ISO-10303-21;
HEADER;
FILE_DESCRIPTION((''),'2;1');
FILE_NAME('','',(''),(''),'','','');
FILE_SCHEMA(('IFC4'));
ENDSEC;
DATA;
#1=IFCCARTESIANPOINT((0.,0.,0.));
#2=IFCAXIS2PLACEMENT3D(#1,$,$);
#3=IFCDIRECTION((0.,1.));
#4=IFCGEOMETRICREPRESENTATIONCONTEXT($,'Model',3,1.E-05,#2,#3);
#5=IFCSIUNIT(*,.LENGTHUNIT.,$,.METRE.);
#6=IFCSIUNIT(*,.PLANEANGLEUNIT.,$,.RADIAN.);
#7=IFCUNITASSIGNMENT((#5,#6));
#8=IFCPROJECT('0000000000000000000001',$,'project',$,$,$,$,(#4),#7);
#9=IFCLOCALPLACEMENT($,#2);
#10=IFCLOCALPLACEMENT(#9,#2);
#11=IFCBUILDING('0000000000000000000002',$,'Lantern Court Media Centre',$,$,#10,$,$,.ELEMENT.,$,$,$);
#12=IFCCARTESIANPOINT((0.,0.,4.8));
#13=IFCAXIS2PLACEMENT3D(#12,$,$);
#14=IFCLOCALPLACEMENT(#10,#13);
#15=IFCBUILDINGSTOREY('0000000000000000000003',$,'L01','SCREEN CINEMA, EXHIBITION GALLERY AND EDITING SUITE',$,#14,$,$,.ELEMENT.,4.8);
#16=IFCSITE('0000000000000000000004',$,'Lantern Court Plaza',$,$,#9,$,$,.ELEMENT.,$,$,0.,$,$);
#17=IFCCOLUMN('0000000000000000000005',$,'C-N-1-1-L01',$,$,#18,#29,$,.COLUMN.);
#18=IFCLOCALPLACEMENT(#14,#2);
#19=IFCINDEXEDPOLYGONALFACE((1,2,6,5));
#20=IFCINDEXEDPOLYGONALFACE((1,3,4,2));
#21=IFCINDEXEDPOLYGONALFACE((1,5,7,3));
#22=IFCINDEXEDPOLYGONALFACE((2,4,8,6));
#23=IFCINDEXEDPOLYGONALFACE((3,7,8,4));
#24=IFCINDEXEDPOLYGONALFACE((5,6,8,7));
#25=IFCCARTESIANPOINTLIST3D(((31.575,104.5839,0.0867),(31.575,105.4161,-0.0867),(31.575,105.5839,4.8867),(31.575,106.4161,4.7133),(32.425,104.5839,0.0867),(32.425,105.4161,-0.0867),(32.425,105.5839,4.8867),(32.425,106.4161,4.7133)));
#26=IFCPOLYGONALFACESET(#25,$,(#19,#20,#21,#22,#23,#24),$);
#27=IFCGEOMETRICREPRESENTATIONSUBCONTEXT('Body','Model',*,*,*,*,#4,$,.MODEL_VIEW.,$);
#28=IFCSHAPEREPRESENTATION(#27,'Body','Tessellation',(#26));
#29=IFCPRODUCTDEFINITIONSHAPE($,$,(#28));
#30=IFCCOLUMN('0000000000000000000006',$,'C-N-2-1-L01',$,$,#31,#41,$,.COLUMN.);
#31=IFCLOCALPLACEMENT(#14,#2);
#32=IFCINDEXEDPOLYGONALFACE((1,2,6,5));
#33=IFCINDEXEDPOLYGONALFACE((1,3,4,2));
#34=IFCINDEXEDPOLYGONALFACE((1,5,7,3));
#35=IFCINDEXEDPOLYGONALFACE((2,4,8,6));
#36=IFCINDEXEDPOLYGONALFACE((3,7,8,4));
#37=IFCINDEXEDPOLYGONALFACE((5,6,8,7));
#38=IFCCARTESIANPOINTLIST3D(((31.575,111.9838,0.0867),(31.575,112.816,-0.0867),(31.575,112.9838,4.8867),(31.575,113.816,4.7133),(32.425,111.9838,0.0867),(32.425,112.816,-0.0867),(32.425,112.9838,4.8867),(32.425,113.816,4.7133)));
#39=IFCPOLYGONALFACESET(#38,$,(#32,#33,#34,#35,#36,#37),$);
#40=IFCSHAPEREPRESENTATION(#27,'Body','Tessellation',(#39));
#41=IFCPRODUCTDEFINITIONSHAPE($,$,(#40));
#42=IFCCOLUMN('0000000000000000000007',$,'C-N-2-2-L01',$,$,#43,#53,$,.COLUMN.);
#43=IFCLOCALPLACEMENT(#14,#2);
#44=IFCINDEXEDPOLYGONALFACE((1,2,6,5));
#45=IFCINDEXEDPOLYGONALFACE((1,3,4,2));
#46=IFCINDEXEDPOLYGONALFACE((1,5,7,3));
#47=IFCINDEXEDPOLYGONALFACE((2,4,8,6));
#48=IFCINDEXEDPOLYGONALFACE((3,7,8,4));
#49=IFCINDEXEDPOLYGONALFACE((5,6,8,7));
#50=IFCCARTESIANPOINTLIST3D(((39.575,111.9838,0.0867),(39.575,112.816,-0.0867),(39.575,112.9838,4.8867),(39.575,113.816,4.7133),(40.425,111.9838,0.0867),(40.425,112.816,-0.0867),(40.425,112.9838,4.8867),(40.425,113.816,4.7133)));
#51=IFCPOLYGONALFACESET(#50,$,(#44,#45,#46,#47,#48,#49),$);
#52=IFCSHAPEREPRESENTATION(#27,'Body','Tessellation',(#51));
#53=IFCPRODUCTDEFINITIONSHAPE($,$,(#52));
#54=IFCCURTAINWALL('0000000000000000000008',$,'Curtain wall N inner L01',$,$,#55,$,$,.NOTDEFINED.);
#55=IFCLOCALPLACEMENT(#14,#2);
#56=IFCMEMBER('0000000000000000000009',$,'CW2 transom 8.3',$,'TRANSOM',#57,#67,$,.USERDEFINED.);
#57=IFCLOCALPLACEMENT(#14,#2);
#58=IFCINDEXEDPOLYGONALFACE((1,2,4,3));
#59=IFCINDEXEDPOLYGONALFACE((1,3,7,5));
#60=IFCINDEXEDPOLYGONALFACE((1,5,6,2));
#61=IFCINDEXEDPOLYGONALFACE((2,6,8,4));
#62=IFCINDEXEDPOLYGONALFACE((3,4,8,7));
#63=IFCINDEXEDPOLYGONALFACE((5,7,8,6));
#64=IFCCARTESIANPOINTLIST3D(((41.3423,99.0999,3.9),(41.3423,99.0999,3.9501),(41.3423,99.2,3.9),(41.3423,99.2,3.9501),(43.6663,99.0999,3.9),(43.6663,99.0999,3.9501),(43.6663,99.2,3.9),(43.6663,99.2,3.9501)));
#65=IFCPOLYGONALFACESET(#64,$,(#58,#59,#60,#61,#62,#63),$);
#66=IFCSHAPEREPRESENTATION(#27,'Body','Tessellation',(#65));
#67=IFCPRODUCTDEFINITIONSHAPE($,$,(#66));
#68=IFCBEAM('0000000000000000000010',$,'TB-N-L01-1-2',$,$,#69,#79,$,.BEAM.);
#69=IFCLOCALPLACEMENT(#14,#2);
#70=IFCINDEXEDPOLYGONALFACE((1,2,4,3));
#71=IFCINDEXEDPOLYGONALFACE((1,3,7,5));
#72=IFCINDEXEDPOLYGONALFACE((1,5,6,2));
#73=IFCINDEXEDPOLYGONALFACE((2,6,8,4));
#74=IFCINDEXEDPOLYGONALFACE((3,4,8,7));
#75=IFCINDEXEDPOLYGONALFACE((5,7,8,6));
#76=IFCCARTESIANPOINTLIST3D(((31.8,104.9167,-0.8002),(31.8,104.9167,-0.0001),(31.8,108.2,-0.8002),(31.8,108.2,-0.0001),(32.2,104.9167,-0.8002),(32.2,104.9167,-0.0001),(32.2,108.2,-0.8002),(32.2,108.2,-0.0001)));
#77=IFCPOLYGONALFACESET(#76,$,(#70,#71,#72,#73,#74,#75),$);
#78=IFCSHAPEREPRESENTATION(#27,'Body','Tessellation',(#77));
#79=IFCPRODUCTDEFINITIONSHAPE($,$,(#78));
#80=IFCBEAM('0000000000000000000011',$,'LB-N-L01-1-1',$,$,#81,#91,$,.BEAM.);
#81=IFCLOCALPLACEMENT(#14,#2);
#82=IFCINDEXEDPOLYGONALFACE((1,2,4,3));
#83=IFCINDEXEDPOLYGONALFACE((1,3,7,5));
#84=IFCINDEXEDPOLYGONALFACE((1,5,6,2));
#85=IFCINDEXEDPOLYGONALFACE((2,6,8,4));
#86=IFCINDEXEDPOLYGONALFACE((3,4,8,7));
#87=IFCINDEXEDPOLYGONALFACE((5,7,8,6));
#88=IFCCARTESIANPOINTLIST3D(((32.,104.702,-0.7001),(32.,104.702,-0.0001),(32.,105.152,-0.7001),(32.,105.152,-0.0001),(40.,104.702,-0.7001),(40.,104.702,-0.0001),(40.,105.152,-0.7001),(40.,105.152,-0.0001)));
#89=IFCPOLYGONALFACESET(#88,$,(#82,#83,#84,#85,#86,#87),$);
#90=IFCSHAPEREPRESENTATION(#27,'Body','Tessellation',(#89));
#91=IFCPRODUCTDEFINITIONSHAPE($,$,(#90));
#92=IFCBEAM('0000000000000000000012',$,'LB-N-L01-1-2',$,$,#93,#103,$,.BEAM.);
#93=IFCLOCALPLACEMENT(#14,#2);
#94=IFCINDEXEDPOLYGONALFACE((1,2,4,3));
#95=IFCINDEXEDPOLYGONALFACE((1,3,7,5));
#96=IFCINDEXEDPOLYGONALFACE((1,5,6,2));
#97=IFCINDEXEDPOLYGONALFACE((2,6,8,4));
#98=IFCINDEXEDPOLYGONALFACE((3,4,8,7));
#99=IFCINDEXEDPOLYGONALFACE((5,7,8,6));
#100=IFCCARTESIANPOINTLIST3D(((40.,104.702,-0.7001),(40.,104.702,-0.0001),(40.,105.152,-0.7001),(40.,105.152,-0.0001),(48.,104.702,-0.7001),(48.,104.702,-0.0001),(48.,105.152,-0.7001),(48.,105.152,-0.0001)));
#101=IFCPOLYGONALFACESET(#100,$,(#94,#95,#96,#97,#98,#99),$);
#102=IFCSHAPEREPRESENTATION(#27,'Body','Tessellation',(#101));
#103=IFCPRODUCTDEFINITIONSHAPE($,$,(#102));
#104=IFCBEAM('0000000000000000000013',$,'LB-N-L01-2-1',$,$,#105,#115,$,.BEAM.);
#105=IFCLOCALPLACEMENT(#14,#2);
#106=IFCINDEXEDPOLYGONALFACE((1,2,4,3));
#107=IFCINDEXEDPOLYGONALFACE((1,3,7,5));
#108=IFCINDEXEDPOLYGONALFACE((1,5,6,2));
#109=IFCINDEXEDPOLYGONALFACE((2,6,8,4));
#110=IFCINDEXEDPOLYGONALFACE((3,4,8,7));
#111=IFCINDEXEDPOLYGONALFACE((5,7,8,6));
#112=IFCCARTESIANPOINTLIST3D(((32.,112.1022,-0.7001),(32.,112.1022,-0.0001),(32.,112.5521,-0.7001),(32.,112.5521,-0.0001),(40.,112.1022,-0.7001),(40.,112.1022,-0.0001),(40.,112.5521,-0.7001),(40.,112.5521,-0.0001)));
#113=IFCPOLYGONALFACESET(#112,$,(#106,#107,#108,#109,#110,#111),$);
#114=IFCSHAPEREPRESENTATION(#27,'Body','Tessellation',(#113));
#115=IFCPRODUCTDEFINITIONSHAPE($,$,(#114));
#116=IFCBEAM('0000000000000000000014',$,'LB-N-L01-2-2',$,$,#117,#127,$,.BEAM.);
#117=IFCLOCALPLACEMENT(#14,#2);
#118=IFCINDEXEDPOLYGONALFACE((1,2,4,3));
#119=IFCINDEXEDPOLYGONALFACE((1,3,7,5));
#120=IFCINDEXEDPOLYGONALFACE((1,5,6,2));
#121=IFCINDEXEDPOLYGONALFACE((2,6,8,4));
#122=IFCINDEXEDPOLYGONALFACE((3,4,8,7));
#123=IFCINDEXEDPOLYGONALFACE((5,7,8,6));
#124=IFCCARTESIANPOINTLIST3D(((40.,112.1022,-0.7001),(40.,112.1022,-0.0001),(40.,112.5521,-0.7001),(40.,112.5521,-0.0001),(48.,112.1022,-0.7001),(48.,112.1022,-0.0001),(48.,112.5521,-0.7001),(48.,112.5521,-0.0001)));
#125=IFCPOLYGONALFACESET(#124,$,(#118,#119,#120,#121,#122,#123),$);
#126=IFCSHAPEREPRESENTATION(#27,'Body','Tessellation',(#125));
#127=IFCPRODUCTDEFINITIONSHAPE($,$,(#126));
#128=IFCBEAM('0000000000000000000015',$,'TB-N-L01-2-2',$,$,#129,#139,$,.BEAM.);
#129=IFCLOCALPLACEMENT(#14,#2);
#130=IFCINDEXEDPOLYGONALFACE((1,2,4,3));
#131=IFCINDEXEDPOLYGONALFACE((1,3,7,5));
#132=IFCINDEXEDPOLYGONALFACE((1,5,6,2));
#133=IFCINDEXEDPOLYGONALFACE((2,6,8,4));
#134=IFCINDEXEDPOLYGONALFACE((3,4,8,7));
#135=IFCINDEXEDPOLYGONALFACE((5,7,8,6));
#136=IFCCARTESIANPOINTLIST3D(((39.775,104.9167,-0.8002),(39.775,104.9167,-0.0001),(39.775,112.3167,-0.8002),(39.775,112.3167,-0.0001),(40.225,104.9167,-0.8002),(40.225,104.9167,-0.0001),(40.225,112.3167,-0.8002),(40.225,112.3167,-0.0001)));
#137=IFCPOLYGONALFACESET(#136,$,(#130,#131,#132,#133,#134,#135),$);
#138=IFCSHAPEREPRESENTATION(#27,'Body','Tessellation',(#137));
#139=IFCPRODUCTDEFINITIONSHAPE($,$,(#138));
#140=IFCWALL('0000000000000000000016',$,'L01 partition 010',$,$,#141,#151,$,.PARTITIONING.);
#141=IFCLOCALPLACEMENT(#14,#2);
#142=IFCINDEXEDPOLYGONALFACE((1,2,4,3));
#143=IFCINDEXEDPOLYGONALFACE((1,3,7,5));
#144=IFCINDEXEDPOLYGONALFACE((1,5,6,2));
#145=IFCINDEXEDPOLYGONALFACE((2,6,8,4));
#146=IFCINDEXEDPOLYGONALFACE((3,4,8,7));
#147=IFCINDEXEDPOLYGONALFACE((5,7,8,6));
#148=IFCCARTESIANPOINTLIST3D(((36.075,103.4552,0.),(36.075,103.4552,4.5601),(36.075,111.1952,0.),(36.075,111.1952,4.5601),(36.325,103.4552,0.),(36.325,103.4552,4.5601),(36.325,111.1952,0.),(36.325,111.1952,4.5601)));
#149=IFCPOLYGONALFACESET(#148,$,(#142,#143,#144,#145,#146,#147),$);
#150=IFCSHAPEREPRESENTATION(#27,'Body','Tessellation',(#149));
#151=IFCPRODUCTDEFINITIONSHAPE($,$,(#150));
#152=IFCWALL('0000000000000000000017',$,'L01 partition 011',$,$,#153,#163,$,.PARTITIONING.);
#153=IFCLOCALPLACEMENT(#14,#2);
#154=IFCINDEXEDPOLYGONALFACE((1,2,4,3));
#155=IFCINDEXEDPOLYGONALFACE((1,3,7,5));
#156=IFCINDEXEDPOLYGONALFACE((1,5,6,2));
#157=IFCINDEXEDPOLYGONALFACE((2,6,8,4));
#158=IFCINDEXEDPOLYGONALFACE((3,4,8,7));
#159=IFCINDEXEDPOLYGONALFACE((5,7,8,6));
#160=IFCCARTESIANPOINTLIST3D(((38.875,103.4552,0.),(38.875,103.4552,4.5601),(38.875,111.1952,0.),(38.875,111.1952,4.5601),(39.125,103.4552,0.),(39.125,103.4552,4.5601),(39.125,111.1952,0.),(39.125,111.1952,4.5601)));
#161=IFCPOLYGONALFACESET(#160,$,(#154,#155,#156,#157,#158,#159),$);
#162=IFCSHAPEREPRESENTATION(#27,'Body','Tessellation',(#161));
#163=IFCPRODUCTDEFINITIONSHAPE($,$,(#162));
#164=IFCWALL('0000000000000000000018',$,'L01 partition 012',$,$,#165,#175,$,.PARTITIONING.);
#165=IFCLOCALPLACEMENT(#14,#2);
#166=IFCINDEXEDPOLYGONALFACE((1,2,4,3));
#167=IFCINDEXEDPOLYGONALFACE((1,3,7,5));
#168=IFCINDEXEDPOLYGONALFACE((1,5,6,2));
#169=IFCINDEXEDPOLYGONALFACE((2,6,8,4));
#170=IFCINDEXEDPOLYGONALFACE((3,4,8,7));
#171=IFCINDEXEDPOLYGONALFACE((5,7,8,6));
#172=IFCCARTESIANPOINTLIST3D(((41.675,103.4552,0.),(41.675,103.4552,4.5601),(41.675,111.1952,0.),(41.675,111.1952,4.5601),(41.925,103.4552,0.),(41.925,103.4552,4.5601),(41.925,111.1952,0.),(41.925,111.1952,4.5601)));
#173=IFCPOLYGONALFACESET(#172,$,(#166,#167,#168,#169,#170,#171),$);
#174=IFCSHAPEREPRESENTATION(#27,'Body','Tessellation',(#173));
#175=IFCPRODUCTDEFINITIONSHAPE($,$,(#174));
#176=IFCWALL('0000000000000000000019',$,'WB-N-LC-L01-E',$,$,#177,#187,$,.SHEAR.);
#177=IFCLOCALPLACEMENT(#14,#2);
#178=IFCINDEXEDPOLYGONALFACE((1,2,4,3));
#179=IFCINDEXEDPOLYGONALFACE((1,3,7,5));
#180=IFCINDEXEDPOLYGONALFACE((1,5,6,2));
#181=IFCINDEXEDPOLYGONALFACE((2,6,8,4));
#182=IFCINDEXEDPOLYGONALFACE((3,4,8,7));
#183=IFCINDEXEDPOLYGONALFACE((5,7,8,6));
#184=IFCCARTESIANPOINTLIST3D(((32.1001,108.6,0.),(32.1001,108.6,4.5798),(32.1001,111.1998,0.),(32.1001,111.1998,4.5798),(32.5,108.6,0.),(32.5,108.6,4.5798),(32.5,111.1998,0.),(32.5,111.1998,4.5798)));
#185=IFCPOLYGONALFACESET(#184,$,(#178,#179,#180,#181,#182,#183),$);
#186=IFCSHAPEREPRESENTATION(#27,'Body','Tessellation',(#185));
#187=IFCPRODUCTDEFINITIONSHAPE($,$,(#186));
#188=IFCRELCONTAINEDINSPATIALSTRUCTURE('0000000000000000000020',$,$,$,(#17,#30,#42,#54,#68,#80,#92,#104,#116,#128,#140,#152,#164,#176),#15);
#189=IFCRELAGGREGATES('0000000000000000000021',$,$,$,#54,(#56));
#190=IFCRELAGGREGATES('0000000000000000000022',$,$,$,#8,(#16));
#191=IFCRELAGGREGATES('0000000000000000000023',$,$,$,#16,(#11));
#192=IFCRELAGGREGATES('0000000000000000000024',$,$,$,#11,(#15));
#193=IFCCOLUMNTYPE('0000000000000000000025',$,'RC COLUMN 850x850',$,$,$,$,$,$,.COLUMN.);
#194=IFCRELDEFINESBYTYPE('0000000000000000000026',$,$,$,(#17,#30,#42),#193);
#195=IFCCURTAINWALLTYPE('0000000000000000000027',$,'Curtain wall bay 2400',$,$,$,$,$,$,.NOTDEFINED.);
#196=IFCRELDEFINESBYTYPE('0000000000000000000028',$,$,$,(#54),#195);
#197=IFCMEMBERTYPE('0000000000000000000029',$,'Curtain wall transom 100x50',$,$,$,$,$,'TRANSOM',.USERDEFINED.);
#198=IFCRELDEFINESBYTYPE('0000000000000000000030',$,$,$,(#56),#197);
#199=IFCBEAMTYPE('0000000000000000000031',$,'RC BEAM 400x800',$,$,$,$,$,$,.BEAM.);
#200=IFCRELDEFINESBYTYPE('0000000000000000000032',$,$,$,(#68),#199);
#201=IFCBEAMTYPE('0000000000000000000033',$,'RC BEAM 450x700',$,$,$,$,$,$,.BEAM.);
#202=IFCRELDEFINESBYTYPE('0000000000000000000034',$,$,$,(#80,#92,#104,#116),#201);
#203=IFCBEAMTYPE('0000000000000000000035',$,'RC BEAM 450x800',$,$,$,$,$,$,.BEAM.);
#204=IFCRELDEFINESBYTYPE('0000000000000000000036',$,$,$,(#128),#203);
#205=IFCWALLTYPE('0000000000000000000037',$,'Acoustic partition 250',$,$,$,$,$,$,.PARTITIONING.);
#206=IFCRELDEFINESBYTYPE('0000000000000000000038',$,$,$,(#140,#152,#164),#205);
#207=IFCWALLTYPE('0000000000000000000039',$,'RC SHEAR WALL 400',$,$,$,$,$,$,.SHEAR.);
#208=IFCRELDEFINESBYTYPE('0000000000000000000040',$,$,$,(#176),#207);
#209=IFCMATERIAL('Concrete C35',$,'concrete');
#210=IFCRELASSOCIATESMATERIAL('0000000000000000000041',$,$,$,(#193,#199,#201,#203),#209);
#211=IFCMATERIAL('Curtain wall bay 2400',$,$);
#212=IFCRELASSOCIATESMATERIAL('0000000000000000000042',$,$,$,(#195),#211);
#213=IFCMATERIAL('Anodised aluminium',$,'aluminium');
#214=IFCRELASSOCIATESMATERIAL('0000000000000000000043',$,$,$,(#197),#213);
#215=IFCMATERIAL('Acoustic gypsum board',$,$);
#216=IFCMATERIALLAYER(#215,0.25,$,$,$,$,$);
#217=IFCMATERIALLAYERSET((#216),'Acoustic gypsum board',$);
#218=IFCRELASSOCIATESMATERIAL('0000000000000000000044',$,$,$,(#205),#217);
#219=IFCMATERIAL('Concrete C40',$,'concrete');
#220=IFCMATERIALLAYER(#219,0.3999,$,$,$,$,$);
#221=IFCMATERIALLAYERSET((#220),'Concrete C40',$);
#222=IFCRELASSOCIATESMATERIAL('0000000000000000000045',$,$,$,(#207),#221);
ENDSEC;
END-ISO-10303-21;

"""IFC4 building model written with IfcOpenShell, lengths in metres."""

from ifc_helpers import new_model, si_unit, direction, frame, frame_2d, origin, origin_2d, place, context, subcontext, project, spatial, rectangle, extrude, material, layer, layer_set, material_profile, profile_set, type_object, element, aggregate, save


model = new_model("IFC4")

# Units and contexts
model_context = context("Model", 3, precision=1e-05, world=origin(), true_north=direction((0.0, 1.0)))
body_context = subcontext(model_context, "Body", "Model", "MODEL_VIEW")
ifc_project = project(units=[si_unit("LENGTHUNIT", "METRE"), si_unit("PLANEANGLEUNIT", "RADIAN")], contexts=[model_context])

# Site, building, storey
site_placement = place(None, origin())
site = spatial("IfcSite", under=ifc_project, at=site_placement, Name="Lantern Court Plaza", CompositionType="ELEMENT", RefElevation=0.0)
building_placement = place(site_placement, origin())
building = spatial("IfcBuilding", under=site, at=building_placement, Name="Lantern Court Media Centre", CompositionType="ELEMENT")
storey_placement = place(building_placement, frame((0.0, 0.0, 4.8)))
storey = spatial("IfcBuildingStorey", under=building, at=storey_placement, Name="L01", Description="SCREEN CINEMA, EXHIBITION GALLERY AND EDITING SUITE", CompositionType="ELEMENT", Elevation=4.8)

# Columns
ifc_material_1 = material(Name="Concrete C35", Category="concrete")
ifc_material_profile_1 = material_profile(ifc_material_1, rectangle(XDim=0.8501, YDim=0.8501, at=origin_2d()), Name="RC 850x850")
ifc_profile_set_1 = profile_set([ifc_material_profile_1], Name="Concrete C35")
column_type = type_object("IfcColumnType", Name="RC COLUMN 850x850", PredefinedType="COLUMN", material=ifc_profile_set_1)
for number, where, z_axis, x_axis, name in (
    (1, (32.0, 105.0, 0.0), (0.0, 0.203952, 0.978981), (-1.0, 0.0, 0.0), "C-N-1-1-L01"),
    (2, (32.0, 112.3999, 0.0), (0.0, 0.203952, 0.978981), (-1.0, 0.0, 0.0), "C-N-2-1-L01"),
    (3, (40.0, 112.3999, 0.0), (0.0, 0.203952, 0.978981), (-1.0, 0.0, 0.0), "C-N-2-2-L01"),
):
    element("IfcColumn", number, at=place(storey_placement, frame(where, z_axis=z_axis, x_axis=x_axis)), inside=storey, type_object=column_type, Name=name, PredefinedType="COLUMN", context=body_context, shape_type="SweptSolid", body=[
        extrude(rectangle(XDim=0.8501, YDim=0.8501, at=origin_2d()), origin(), (0.0, 0.0, 1.0), 4.9031),
    ])

# Curtain wall, member
ifc_material_2 = material(Name="Curtain wall bay 2400")
curtain_wall_type = type_object("IfcCurtainWallType", Name="Curtain wall bay 2400", PredefinedType="NOTDEFINED", material=ifc_material_2)
curtain_wall_placement = place(storey_placement, origin())
curtain_wall = element("IfcCurtainWall", 4, at=curtain_wall_placement, inside=storey, type_object=curtain_wall_type, Name="Curtain wall N inner L01", PredefinedType="NOTDEFINED")
ifc_material_3 = material(Name="Anodised aluminium", Category="aluminium")
ifc_material_profile_2 = material_profile(ifc_material_3, rectangle(XDim=0.1001, YDim=0.05, at=origin_2d()), Name="AL 50x100")
ifc_profile_set_2 = profile_set([ifc_material_profile_2], Name="Anodised aluminium")
member_type = type_object("IfcMemberType", Name="Curtain wall transom 100x50", ElementType="TRANSOM", PredefinedType="USERDEFINED", material=ifc_profile_set_2)
member_placement = place(storey_placement, frame((41.3423, 99.1499, 3.925), z_axis=(1.0, 0.0, 0.0), x_axis=(0.0, 1.0, 0.0)))
member = element("IfcMember", 5, at=member_placement, type_object=member_type, Name="CW2 transom 8.3", ObjectType="TRANSOM", PredefinedType="USERDEFINED", context=body_context, shape_type="SweptSolid", body=[
    extrude(rectangle(XDim=0.1001, YDim=0.05, at=origin_2d()), origin(), (0.0, 0.0, 1.0), 2.324),
])
aggregate(curtain_wall, [member])

# Beams
ifc_material_profile_3 = material_profile(ifc_material_1, rectangle(XDim=0.3999, YDim=0.8, at=origin_2d()), Name="RC 400x800")
ifc_profile_set_3 = profile_set([ifc_material_profile_3], Name="Concrete C35")
beam_type_1 = type_object("IfcBeamType", Name="RC BEAM 400x800", PredefinedType="BEAM", material=ifc_profile_set_3)
beam_1_placement = place(storey_placement, frame((32.0, 104.9167, -0.4001), z_axis=(0.0, 1.0, 0.0), x_axis=(-1.0, 0.0, 0.0)))
element("IfcBeam", 6, at=beam_1_placement, inside=storey, type_object=beam_type_1, Name="TB-N-L01-1-2", PredefinedType="BEAM", context=body_context, shape_type="SweptSolid", body=[
    extrude(rectangle(XDim=0.3999, YDim=0.8, at=origin_2d()), origin(), (0.0, 0.0, 1.0), 3.2832),
])
ifc_material_profile_4 = material_profile(ifc_material_1, rectangle(XDim=0.45, YDim=0.7, at=origin_2d()), Name="RC 450x700")
ifc_profile_set_4 = profile_set([ifc_material_profile_4], Name="Concrete C35")
beam_type_2 = type_object("IfcBeamType", Name="RC BEAM 450x700", PredefinedType="BEAM", material=ifc_profile_set_4)
for number, where, z_axis, x_axis, name in (
    (7, (32.0, 104.927, -0.3501), (1.0, 0.0, 0.0), (0.0, 1.0, 0.0), "LB-N-L01-1-1"),
    (8, (40.0, 104.927, -0.3501), (1.0, 0.0, 0.0), (0.0, 1.0, 0.0), "LB-N-L01-1-2"),
    (9, (32.0, 112.3271, -0.3501), (1.0, 0.0, 0.0), (0.0, 1.0, 0.0), "LB-N-L01-2-1"),
    (10, (40.0, 112.3271, -0.3501), (1.0, 0.0, 0.0), (0.0, 1.0, 0.0), "LB-N-L01-2-2"),
):
    element("IfcBeam", number, at=place(storey_placement, frame(where, z_axis=z_axis, x_axis=x_axis)), inside=storey, type_object=beam_type_2, Name=name, PredefinedType="BEAM", context=body_context, shape_type="SweptSolid", body=[
        extrude(rectangle(XDim=0.45, YDim=0.7, at=origin_2d()), origin(), (0.0, 0.0, 1.0), 8.0),
    ])
ifc_material_profile_5 = material_profile(ifc_material_1, rectangle(XDim=0.45, YDim=0.8, at=origin_2d()), Name="RC 450x800")
ifc_profile_set_5 = profile_set([ifc_material_profile_5], Name="Concrete C35")
beam_type_3 = type_object("IfcBeamType", Name="RC BEAM 450x800", PredefinedType="BEAM", material=ifc_profile_set_5)
beam_2_placement = place(storey_placement, frame((40.0, 104.9167, -0.4001), z_axis=(0.0, 1.0, 0.0), x_axis=(-1.0, 0.0, 0.0)))
element("IfcBeam", 11, at=beam_2_placement, inside=storey, type_object=beam_type_3, Name="TB-N-L01-2-2", PredefinedType="BEAM", context=body_context, shape_type="SweptSolid", body=[
    extrude(rectangle(XDim=0.45, YDim=0.8, at=origin_2d()), origin(), (0.0, 0.0, 1.0), 7.3999),
])

# Walls
ifc_material_4 = material(Name="Acoustic gypsum board")
ifc_layer_1 = layer(ifc_material_4, 0.25)
ifc_layer_set_1 = layer_set([ifc_layer_1], Name="Acoustic gypsum board")
wall_type_1 = type_object("IfcWallType", Name="Acoustic partition 250", PredefinedType="PARTITIONING", material=ifc_layer_set_1)
for number, where, z_axis, x_axis, name in (
    (12, (36.2, 103.4551, 0.0), (0.0, 0.0, 1.0), (0.0, 1.0, 0.0), "L01 partition 010"),
    (13, (39.0, 103.4551, 0.0), (0.0, 0.0, 1.0), (0.0, 1.0, 0.0), "L01 partition 011"),
    (14, (41.8, 103.4551, 0.0), (0.0, 0.0, 1.0), (0.0, 1.0, 0.0), "L01 partition 012"),
):
    element("IfcWall", number, at=place(storey_placement, frame(where, z_axis=z_axis, x_axis=x_axis)), inside=storey, type_object=wall_type_1, Name=name, PredefinedType="PARTITIONING", context=body_context, shape_type="SweptSolid", body=[
        extrude(rectangle(XDim=7.74, YDim=0.25, at=frame_2d((3.8701, 0.0))), origin(), (0.0, 0.0, 1.0), 4.5601),
    ])
ifc_material_5 = material(Name="Concrete C40", Category="concrete")
ifc_layer_2 = layer(ifc_material_5, 0.3999)
ifc_layer_set_2 = layer_set([ifc_layer_2], Name="Concrete C40")
wall_type_2 = type_object("IfcWallType", Name="RC SHEAR WALL 400", PredefinedType="SHEAR", material=ifc_layer_set_2)
wall_1_placement = place(storey_placement, frame((32.3, 108.6001, 0.0), z_axis=(0.0, 0.0, 1.0), x_axis=(0.0, 1.0, 0.0)))
element("IfcWall", 15, at=wall_1_placement, inside=storey, type_object=wall_type_2, Name="WB-N-LC-L01-E", PredefinedType="SHEAR", context=body_context, shape_type="SweptSolid", body=[
    extrude(rectangle(XDim=2.5999, YDim=0.3999, at=frame_2d((1.2998, 0.0))), origin(), (0.0, 0.0, 1.0), 4.5798),
])

save(model, "model.ifc")
